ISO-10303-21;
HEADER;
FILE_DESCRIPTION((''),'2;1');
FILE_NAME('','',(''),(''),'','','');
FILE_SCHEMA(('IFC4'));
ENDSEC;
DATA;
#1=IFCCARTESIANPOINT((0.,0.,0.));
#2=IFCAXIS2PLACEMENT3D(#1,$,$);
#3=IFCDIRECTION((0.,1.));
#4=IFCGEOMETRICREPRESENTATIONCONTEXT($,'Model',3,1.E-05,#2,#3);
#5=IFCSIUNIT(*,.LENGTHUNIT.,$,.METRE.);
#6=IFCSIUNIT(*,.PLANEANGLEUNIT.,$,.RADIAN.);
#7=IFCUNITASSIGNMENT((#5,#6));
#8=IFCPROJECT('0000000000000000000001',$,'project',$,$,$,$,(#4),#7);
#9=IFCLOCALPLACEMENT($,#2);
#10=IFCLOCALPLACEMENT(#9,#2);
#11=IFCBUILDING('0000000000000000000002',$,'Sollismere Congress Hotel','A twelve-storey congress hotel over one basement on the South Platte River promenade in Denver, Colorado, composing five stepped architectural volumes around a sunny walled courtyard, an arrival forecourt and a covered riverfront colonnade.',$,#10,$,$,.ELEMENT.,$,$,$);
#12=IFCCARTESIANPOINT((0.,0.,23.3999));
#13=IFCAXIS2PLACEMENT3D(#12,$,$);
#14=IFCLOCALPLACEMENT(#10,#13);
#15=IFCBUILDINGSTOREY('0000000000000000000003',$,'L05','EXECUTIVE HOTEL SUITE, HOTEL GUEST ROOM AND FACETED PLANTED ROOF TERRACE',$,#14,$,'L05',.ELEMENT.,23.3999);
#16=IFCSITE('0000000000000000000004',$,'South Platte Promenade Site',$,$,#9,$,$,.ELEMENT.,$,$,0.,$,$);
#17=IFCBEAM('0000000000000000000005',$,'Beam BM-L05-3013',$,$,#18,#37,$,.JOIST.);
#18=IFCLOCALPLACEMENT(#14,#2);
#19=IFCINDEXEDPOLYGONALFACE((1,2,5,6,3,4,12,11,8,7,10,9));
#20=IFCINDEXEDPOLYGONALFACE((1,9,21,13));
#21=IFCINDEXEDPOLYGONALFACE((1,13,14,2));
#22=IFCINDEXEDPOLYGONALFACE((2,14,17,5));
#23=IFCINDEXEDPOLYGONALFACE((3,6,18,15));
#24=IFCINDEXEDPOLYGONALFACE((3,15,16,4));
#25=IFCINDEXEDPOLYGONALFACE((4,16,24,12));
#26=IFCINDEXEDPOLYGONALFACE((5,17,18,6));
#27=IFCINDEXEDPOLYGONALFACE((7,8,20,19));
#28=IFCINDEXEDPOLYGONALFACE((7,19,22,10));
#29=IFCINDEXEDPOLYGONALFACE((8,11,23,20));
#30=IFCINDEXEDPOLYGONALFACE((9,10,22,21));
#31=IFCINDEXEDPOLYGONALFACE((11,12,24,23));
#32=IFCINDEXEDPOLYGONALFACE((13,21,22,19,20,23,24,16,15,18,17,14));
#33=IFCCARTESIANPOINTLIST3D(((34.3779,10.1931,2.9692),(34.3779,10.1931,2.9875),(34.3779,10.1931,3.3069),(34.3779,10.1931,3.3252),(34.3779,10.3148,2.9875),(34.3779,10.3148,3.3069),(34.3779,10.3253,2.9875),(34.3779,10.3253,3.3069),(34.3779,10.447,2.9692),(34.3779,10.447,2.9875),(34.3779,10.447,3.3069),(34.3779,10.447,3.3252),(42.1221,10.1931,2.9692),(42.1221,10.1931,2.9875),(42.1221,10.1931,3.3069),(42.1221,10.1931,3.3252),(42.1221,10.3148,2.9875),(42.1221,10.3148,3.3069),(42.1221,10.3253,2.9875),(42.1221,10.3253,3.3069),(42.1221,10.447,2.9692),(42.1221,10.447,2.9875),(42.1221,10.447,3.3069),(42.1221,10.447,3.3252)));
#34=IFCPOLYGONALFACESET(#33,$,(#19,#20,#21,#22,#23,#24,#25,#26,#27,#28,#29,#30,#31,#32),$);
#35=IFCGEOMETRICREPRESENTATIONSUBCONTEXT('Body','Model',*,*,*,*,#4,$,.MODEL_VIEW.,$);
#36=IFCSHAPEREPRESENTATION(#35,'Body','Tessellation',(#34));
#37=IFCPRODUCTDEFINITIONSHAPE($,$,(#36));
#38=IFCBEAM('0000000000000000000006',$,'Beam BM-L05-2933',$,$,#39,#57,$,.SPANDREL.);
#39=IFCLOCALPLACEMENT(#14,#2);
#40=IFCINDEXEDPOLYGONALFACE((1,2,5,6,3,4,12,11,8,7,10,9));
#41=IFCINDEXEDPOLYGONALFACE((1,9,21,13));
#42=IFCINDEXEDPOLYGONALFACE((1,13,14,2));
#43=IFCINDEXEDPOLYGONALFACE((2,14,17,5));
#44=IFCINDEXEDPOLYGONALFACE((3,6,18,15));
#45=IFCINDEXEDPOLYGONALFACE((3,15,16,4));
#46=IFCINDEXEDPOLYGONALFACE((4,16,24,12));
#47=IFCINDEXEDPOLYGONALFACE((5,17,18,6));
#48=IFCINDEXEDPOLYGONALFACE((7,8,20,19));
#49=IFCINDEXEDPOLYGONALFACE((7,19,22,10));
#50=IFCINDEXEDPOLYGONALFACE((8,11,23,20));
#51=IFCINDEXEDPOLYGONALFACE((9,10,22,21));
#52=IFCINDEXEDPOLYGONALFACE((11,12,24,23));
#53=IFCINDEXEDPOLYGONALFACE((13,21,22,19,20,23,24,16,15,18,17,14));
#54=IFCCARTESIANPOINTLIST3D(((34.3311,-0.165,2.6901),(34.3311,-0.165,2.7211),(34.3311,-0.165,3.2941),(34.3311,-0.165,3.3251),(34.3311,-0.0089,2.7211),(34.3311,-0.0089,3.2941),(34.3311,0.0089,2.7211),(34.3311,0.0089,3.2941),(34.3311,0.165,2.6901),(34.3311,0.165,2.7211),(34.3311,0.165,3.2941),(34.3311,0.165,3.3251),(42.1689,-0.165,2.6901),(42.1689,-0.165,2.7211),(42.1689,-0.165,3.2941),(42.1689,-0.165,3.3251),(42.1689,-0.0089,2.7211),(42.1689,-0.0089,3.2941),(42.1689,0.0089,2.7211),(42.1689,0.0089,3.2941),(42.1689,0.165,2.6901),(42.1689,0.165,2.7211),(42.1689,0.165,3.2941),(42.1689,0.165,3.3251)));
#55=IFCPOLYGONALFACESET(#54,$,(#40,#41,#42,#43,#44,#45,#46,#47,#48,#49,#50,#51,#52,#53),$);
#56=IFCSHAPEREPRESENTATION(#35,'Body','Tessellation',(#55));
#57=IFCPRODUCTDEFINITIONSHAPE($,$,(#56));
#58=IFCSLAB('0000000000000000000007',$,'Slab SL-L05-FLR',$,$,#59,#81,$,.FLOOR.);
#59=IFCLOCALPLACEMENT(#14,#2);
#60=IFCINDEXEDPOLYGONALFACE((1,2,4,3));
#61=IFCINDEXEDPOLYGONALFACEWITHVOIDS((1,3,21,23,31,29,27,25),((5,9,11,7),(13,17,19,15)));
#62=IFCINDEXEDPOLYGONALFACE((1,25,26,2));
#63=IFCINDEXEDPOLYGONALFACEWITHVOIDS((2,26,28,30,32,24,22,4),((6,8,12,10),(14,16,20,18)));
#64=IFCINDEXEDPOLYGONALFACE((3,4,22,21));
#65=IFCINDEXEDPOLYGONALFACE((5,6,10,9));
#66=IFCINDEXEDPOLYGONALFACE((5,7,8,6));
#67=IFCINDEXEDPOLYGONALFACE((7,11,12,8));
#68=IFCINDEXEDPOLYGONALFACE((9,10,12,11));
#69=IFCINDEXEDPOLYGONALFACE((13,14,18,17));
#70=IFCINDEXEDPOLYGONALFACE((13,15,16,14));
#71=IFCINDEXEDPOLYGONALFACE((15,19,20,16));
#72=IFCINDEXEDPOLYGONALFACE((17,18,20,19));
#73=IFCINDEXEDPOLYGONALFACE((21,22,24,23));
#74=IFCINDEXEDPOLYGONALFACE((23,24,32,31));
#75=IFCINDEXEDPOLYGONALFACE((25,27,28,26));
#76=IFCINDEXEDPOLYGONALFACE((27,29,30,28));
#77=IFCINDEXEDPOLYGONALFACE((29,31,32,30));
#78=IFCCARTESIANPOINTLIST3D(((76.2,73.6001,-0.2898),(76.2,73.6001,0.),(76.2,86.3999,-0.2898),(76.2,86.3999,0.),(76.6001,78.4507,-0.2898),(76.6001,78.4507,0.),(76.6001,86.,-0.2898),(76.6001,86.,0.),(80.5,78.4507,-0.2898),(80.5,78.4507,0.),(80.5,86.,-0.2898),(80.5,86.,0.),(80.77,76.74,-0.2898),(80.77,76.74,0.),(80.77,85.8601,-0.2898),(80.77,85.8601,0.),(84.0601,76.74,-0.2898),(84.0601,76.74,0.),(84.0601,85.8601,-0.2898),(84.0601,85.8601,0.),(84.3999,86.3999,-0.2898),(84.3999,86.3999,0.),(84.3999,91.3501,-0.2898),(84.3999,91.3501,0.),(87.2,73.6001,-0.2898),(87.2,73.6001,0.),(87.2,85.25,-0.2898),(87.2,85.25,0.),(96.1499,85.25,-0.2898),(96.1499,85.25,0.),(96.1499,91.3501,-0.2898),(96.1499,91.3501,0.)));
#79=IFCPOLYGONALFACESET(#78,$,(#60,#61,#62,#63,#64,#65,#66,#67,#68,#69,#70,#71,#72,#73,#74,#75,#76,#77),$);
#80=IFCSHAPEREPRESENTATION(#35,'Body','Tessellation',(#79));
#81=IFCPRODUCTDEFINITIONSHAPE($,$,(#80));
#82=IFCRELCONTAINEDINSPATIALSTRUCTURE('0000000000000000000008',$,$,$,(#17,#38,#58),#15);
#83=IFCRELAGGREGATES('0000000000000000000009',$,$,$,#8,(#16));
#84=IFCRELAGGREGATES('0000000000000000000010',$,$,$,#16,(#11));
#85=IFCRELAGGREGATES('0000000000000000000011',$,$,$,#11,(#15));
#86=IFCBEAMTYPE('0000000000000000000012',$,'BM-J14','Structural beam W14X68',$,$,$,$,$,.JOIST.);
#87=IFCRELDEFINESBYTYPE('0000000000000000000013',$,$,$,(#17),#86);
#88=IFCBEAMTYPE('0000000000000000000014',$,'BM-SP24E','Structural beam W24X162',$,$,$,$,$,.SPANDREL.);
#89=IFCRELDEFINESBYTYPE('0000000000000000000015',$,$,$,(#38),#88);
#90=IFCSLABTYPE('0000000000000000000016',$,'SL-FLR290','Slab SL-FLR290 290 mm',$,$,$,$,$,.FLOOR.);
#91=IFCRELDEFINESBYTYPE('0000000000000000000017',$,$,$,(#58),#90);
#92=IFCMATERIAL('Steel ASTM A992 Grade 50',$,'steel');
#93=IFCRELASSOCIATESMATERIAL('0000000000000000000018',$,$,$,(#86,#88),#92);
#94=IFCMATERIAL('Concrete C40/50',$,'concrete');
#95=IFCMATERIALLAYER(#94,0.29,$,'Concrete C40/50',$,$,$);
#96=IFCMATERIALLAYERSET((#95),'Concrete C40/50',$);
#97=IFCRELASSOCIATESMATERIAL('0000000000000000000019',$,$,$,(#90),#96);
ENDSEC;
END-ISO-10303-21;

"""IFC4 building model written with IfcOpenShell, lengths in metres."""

from ifc_helpers import new_model, si_unit, direction, frame, origin, origin_2d, place, context, subcontext, project, spatial, polyline, i_section, outline, extrude, material, layer, layer_set, material_profile, profile_set, type_object, element, save


model = new_model("IFC4")

# Units and contexts
model_context = context("Model", 3, precision=1e-05, world=origin(), true_north=direction((0.0, 1.0)))
body_context = subcontext(model_context, "Body", "Model", "MODEL_VIEW")
ifc_project = project(units=[si_unit("LENGTHUNIT", "METRE"), si_unit("PLANEANGLEUNIT", "RADIAN")], contexts=[model_context])

# Site, building, storey
site_placement = place(None, origin())
site = spatial("IfcSite", under=ifc_project, at=site_placement, Name="South Platte Promenade Site", CompositionType="ELEMENT", RefElevation=0.0)
building_placement = place(site_placement, origin())
building = spatial("IfcBuilding", under=site, at=building_placement, Name="Sollismere Congress Hotel", Description="A twelve-storey congress hotel over one basement on the South Platte River promenade in Denver, Colorado, composing five stepped architectural volumes around a sunny walled courtyard, an arrival forecourt and a covered riverfront colonnade.", CompositionType="ELEMENT")
storey_placement = place(building_placement, frame((0.0, 0.0, 23.3999)))
storey = spatial("IfcBuildingStorey", under=building, at=storey_placement, Name="L05", Description="EXECUTIVE HOTEL SUITE, HOTEL GUEST ROOM AND FACETED PLANTED ROOF TERRACE", LongName="L05", CompositionType="ELEMENT", Elevation=23.3999)

# Shared definitions
ifc_material_1 = material(Name="Steel ASTM A992 Grade 50", Category="steel")

# Beams
ifc_material_profile_1 = material_profile(ifc_material_1, i_section(OverallWidth=0.2539, OverallDepth=0.356, WebThickness=0.0105, FlangeThickness=0.0183, at=origin_2d()), Name="W14X68")
ifc_profile_set_1 = profile_set([ifc_material_profile_1], Name="Steel ASTM A992 Grade 50")
beam_type_1 = type_object("IfcBeamType", Name="BM-J14", Description="Structural beam W14X68", PredefinedType="JOIST", material=ifc_profile_set_1)
beam_1_placement = place(storey_placement, frame((34.3779, 10.3201, 3.1472), z_axis=(1.0, 0.0, 0.0), x_axis=(0.0, 1.0, 0.0)))
element("IfcBeam", 1, at=beam_1_placement, inside=storey, type_object=beam_type_1, Name="Beam BM-L05-3013", PredefinedType="JOIST", context=body_context, shape_type="SweptSolid", body=[
    extrude(i_section(OverallWidth=0.2539, OverallDepth=0.356, WebThickness=0.0105, FlangeThickness=0.0183, at=origin_2d()), origin(), (0.0, 0.0, 1.0), 7.7441),
])
ifc_material_profile_2 = material_profile(ifc_material_1, i_section(OverallWidth=0.3301, OverallDepth=0.635, WebThickness=0.0178, FlangeThickness=0.031, at=origin_2d()), Name="W24X162")
ifc_profile_set_2 = profile_set([ifc_material_profile_2], Name="Steel ASTM A992 Grade 50")
beam_type_2 = type_object("IfcBeamType", Name="BM-SP24E", Description="Structural beam W24X162", PredefinedType="SPANDREL", material=ifc_profile_set_2)
beam_2_placement = place(storey_placement, frame((34.3311, 0.0, 3.0076), z_axis=(1.0, 0.0, 0.0), x_axis=(0.0, 1.0, 0.0)))
element("IfcBeam", 2, at=beam_2_placement, inside=storey, type_object=beam_type_2, Name="Beam BM-L05-2933", PredefinedType="SPANDREL", context=body_context, shape_type="SweptSolid", body=[
    extrude(i_section(OverallWidth=0.3301, OverallDepth=0.635, WebThickness=0.0178, FlangeThickness=0.031, at=origin_2d()), origin(), (0.0, 0.0, 1.0), 7.8379),
])

# Slab
ifc_material_2 = material(Name="Concrete C40/50", Category="concrete")
ifc_layer_1 = layer(ifc_material_2, 0.29, Name="Concrete C40/50")
ifc_layer_set_1 = layer_set([ifc_layer_1], Name="Concrete C40/50")
slab_type_1 = type_object("IfcSlabType", Name="SL-FLR290", Description="Slab SL-FLR290 290 mm", PredefinedType="FLOOR", material=ifc_layer_set_1)
slab_1_placement = place(storey_placement, frame((0.0, 0.0, -0.2898)))
element("IfcSlab", 3, at=slab_1_placement, inside=storey, type_object=slab_type_1, Name="Slab SL-L05-FLR", PredefinedType="FLOOR", context=body_context, shape_type="SweptSolid", body=[
    extrude(outline(polyline([(87.2, 73.6001), (87.2, 85.25), (96.1499, 85.25), (96.1499, 91.3501), (84.3999, 91.3501), (84.3999, 86.3999), (76.2, 86.3999), (76.2, 73.6001), (87.2, 73.6001)]), holes=[polyline([(80.77, 76.74), (80.77, 85.8601), (84.0601, 85.8601), (84.0601, 76.74), (80.77, 76.74)]), polyline([(76.6001, 78.4507), (76.6001, 86.0), (80.5, 86.0), (80.5, 78.4507), (76.6001, 78.4507)])]), origin(), (0.0, 0.0, 1.0), 0.2898),
])

save(model, "model.ifc")
